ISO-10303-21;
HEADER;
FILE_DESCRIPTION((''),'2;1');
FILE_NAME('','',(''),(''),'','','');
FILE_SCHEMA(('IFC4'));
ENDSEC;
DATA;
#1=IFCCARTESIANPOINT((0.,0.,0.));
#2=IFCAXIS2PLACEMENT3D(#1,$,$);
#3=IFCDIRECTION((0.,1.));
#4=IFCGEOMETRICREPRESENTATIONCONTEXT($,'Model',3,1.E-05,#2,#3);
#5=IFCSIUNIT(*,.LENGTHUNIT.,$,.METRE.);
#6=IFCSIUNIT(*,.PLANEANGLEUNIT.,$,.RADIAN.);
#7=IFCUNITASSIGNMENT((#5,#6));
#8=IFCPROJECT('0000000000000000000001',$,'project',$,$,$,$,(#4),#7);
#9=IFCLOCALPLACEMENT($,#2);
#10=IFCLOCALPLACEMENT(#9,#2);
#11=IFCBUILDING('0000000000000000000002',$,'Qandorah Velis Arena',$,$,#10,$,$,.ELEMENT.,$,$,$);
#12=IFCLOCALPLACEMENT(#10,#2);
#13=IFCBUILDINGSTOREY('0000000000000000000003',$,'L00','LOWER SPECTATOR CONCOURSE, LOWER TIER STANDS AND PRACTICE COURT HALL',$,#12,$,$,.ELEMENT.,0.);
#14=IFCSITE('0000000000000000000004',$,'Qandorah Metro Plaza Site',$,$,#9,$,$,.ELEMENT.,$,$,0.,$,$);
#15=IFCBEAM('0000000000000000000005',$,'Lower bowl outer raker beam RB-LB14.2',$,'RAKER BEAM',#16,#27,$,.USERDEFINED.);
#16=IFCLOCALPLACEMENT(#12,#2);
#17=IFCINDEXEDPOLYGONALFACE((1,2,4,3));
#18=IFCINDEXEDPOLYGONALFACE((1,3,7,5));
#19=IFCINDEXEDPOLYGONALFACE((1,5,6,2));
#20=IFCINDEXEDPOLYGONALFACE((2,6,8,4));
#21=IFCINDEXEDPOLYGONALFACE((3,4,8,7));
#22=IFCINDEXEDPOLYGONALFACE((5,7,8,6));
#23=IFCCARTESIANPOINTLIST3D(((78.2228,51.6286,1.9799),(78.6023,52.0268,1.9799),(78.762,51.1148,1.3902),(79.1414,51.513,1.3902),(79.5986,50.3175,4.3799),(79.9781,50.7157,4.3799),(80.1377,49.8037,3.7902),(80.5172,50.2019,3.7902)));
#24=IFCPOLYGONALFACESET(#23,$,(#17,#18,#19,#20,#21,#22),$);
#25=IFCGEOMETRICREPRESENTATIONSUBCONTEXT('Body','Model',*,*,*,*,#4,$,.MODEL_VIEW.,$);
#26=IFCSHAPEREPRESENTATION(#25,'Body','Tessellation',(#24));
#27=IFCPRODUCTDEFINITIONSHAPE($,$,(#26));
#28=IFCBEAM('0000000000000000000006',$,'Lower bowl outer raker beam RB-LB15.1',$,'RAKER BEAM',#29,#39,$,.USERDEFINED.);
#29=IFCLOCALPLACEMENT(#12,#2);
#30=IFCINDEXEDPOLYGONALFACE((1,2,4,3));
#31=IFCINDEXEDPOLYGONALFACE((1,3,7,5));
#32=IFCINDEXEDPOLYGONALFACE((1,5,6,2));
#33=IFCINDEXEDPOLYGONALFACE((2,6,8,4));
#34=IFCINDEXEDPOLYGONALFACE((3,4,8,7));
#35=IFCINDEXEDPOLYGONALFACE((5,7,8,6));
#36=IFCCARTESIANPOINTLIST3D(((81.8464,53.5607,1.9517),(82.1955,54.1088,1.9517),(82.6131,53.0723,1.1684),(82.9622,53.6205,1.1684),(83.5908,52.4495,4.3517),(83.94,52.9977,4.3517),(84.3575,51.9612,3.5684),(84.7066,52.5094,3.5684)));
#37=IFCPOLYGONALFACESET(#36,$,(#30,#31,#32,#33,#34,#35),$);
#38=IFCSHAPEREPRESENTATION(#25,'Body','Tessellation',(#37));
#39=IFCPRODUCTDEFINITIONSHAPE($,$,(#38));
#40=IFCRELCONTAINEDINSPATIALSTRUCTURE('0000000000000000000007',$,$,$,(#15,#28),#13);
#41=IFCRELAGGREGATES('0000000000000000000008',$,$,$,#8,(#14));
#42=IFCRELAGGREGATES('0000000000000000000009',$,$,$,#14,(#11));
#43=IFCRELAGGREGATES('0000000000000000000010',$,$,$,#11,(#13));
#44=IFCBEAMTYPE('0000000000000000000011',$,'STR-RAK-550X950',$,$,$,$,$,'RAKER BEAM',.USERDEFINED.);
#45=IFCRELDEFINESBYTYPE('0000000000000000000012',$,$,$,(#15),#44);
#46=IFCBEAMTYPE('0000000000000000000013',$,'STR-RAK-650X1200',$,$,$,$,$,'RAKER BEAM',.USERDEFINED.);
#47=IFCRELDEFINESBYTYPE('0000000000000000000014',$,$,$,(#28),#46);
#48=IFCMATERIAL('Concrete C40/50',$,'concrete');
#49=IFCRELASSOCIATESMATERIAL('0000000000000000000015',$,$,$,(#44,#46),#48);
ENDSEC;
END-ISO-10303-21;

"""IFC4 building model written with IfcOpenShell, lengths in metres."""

from ifc_helpers import new_model, si_unit, direction, frame, origin, origin_2d, place, context, subcontext, project, spatial, rectangle, extrude, material, material_profile, profile_set, type_object, element, save


model = new_model("IFC4")

# Units and contexts
model_context = context("Model", 3, precision=1e-05, world=origin(), true_north=direction((0.0, 1.0)))
body_context = subcontext(model_context, "Body", "Model", "MODEL_VIEW")
ifc_project = project(units=[si_unit("LENGTHUNIT", "METRE"), si_unit("PLANEANGLEUNIT", "RADIAN")], contexts=[model_context])

# Site, building, storey
site_placement = place(None, origin())
site = spatial("IfcSite", under=ifc_project, at=site_placement, Name="Qandorah Metro Plaza Site", CompositionType="ELEMENT", RefElevation=0.0)
building_placement = place(site_placement, origin())
building = spatial("IfcBuilding", under=site, at=building_placement, Name="Qandorah Velis Arena", CompositionType="ELEMENT")
storey_placement = place(building_placement, origin())
storey = spatial("IfcBuildingStorey", under=building, at=storey_placement, Name="L00", Description="LOWER SPECTATOR CONCOURSE, LOWER TIER STANDS AND PRACTICE COURT HALL", CompositionType="ELEMENT", Elevation=0.0)

# Shared definitions
ifc_material_1 = material(Name="Concrete C40/50", Category="concrete")

# Beams
ifc_material_profile_1 = material_profile(ifc_material_1, rectangle(XDim=0.55, YDim=0.95, at=origin_2d()), Name="RC RAKER 550x950")
ifc_profile_set_1 = profile_set([ifc_material_profile_1], Name="Concrete C40/50")
beam_type_1 = type_object("IfcBeamType", Name="STR-RAK-550X950", ElementType="RAKER BEAM", PredefinedType="USERDEFINED", material=ifc_profile_set_1)
beam_1_placement = place(storey_placement, frame((78.6821, 51.5708, 1.6851), z_axis=(0.449409, -0.428274, 0.783973), x_axis=(0.68988, 0.723924, 0.0)))
element("IfcBeam", 1, at=beam_1_placement, inside=storey, type_object=beam_type_1, Name="Lower bowl outer raker beam RB-LB14.2", ObjectType="RAKER BEAM", PredefinedType="USERDEFINED", context=body_context, shape_type="SweptSolid", body=[
    extrude(rectangle(XDim=0.55, YDim=0.95, at=origin_2d()), origin(), (0.0, 0.0, 1.0), 3.0613),
])
ifc_material_profile_2 = material_profile(ifc_material_1, rectangle(XDim=0.6499, YDim=1.2, at=origin_2d()), Name="RC RAKER 650x1200")
ifc_profile_set_2 = profile_set([ifc_material_profile_2], Name="Concrete C40/50")
beam_type_2 = type_object("IfcBeamType", Name="STR-RAK-650X1200", ElementType="RAKER BEAM", PredefinedType="USERDEFINED", material=ifc_profile_set_2)
beam_2_placement = place(storey_placement, frame((82.4043, 53.5906, 1.5601), z_axis=(0.550607, -0.350709, 0.757519), x_axis=(0.537227, 0.843438, 0.0)))
element("IfcBeam", 2, at=beam_2_placement, inside=storey, type_object=beam_type_2, Name="Lower bowl outer raker beam RB-LB15.1", ObjectType="RAKER BEAM", PredefinedType="USERDEFINED", context=body_context, shape_type="SweptSolid", body=[
    extrude(rectangle(XDim=0.6499, YDim=1.2, at=origin_2d()), origin(), (0.0, 0.0, 1.0), 3.1682),
])

save(model, "model.ifc")
